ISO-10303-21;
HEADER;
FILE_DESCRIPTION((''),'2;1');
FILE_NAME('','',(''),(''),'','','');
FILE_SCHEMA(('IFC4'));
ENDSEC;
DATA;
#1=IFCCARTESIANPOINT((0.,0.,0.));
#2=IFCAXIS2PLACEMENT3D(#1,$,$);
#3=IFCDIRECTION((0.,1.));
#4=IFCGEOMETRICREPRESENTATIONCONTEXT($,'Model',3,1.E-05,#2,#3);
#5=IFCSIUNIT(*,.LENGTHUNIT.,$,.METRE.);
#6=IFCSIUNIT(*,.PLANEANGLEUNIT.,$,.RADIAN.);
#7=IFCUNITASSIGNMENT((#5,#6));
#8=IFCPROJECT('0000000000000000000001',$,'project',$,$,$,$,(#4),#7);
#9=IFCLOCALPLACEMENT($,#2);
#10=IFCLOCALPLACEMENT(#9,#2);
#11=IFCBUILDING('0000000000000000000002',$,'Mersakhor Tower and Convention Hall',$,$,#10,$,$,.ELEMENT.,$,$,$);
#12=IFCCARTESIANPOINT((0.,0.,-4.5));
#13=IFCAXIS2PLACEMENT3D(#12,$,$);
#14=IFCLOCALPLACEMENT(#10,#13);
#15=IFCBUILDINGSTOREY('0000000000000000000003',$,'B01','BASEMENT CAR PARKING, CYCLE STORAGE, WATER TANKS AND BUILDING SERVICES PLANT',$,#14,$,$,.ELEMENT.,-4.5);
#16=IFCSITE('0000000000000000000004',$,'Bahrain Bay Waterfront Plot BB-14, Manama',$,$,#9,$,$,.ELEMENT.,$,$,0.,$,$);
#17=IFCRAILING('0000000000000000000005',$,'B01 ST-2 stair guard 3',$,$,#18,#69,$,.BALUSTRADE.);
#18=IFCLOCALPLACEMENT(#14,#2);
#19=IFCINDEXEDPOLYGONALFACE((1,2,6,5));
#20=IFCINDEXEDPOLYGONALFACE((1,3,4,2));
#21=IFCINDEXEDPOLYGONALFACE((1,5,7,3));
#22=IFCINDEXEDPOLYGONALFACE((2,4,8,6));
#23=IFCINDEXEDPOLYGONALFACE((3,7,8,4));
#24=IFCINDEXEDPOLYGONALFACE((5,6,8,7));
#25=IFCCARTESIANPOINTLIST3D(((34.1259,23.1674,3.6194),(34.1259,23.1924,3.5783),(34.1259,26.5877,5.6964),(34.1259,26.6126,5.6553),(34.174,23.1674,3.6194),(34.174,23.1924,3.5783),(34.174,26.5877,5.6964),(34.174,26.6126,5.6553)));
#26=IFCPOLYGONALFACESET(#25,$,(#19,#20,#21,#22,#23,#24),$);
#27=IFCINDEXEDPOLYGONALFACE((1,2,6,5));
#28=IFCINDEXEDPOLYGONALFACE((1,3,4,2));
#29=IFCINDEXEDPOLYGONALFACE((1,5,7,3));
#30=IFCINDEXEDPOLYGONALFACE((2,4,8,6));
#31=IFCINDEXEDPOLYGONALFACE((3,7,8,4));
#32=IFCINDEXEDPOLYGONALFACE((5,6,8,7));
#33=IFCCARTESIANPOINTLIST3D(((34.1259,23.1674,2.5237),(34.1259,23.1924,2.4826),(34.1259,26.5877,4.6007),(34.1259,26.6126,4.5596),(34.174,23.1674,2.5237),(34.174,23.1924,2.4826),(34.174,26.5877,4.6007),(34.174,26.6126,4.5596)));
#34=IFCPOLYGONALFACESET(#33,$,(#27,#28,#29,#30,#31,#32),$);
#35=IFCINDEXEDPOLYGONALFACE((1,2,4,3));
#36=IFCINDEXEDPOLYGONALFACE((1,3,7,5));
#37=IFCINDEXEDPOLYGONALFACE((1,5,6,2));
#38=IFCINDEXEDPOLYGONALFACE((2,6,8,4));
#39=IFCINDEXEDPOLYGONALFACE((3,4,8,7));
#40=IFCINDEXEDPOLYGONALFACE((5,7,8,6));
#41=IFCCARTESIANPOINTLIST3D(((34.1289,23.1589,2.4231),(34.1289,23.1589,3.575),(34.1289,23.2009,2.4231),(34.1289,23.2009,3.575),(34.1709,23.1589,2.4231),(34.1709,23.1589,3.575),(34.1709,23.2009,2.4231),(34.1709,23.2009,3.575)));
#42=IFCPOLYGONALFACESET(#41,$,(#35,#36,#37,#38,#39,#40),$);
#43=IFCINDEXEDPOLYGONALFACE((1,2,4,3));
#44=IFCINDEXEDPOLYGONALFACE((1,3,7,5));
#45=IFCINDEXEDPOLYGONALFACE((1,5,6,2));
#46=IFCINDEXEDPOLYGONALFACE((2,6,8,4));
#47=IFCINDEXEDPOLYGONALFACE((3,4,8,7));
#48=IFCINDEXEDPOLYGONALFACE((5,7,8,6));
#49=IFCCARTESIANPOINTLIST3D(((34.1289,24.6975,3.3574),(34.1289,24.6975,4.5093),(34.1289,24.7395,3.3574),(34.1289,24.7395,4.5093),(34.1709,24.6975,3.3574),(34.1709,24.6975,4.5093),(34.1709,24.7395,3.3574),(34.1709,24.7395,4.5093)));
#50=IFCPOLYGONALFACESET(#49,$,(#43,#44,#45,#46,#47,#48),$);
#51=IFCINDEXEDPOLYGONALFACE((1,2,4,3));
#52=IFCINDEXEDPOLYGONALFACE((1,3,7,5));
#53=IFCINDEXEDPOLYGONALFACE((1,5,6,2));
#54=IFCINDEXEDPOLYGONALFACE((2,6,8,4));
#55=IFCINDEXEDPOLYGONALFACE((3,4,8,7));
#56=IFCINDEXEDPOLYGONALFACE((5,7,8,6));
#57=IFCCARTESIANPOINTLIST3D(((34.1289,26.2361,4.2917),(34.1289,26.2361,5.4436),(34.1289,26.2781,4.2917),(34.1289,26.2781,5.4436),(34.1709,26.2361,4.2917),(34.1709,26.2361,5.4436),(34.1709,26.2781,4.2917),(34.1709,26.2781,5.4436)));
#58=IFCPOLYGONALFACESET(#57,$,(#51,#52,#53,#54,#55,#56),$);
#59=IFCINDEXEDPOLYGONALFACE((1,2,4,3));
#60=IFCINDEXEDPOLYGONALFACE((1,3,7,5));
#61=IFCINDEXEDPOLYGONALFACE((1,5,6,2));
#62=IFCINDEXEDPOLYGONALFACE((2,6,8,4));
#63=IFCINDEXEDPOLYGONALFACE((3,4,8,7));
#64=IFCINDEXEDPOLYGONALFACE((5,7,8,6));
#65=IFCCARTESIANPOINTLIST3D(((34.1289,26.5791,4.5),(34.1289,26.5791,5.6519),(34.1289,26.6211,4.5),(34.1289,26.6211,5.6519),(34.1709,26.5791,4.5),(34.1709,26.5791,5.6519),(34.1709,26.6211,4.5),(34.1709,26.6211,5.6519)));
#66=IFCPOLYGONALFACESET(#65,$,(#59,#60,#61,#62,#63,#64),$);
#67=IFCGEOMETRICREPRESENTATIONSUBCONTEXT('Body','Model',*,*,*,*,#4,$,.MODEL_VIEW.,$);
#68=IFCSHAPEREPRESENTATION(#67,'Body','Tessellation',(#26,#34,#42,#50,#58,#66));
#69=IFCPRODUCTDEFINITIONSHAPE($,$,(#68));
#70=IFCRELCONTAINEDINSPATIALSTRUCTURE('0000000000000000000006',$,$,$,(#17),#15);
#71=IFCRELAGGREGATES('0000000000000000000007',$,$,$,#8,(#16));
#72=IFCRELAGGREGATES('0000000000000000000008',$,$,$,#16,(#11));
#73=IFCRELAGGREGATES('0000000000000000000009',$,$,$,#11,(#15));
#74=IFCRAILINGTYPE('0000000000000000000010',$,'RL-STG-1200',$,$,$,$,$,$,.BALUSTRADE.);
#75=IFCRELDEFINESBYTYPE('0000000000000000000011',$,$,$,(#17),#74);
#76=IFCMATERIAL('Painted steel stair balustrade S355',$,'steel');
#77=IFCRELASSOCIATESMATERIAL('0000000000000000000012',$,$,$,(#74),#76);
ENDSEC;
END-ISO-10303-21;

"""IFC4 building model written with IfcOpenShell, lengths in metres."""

from ifc_helpers import new_model, si_unit, direction, frame, origin, origin_2d, place, context, subcontext, project, spatial, rectangle, extrude, material, type_object, element, save


model = new_model("IFC4")

# Units and contexts
model_context = context("Model", 3, precision=1e-05, world=origin(), true_north=direction((0.0, 1.0)))
body_context = subcontext(model_context, "Body", "Model", "MODEL_VIEW")
ifc_project = project(units=[si_unit("LENGTHUNIT", "METRE"), si_unit("PLANEANGLEUNIT", "RADIAN")], contexts=[model_context])

# Site, building, storey
site_placement = place(None, origin())
site = spatial("IfcSite", under=ifc_project, at=site_placement, Name="Bahrain Bay Waterfront Plot BB-14, Manama", CompositionType="ELEMENT", RefElevation=0.0)
building_placement = place(site_placement, origin())
building = spatial("IfcBuilding", under=site, at=building_placement, Name="Mersakhor Tower and Convention Hall", CompositionType="ELEMENT")
storey_placement = place(building_placement, frame((0.0, 0.0, -4.5)))
storey = spatial("IfcBuildingStorey", under=building, at=storey_placement, Name="B01", Description="BASEMENT CAR PARKING, CYCLE STORAGE, WATER TANKS AND BUILDING SERVICES PLANT", CompositionType="ELEMENT", Elevation=-4.5)

# Railing
ifc_material_1 = material(Name="Painted steel stair balustrade S355", Category="steel")
railing_type_1 = type_object("IfcRailingType", Name="RL-STG-1200", PredefinedType="BALUSTRADE", material=ifc_material_1)
railing_1_placement = place(storey_placement, frame((34.1499, 23.1799, 2.4231)))
element("IfcRailing", 1, at=railing_1_placement, inside=storey, type_object=railing_type_1, Name="B01 ST-2 stair guard 3", PredefinedType="BALUSTRADE", context=body_context, shape_type="SweptSolid", body=[
    extrude(rectangle(XDim=0.0481, YDim=0.0481, at=origin_2d()), frame((0.0, 0.0, 1.1758), z_axis=(0.0, 0.854746, 0.519047), x_axis=(-1.0, 0.0, 0.0)), (0.0, 0.0, 1.0), 4.0015),
    extrude(rectangle(XDim=0.0481, YDim=0.0481, at=origin_2d()), frame((0.0, 0.0, 0.0801), z_axis=(0.0, 0.854746, 0.519047), x_axis=(-1.0, 0.0, 0.0)), (0.0, 0.0, 1.0), 4.0015),
    extrude(rectangle(XDim=0.042, YDim=0.042, at=origin_2d()), origin(), (0.0, 0.0, 1.0), 1.1519),
    extrude(rectangle(XDim=0.042, YDim=0.042, at=origin_2d()), frame((0.0, 1.5386, 0.9343)), (0.0, 0.0, 1.0), 1.1519),
    extrude(rectangle(XDim=0.042, YDim=0.042, at=origin_2d()), frame((0.0, 3.0771, 1.8687)), (0.0, 0.0, 1.0), 1.1519),
    extrude(rectangle(XDim=0.042, YDim=0.042, at=origin_2d()), frame((0.0, 3.4202, 2.0769)), (0.0, 0.0, 1.0), 1.1519),
])

save(model, "model.ifc")
